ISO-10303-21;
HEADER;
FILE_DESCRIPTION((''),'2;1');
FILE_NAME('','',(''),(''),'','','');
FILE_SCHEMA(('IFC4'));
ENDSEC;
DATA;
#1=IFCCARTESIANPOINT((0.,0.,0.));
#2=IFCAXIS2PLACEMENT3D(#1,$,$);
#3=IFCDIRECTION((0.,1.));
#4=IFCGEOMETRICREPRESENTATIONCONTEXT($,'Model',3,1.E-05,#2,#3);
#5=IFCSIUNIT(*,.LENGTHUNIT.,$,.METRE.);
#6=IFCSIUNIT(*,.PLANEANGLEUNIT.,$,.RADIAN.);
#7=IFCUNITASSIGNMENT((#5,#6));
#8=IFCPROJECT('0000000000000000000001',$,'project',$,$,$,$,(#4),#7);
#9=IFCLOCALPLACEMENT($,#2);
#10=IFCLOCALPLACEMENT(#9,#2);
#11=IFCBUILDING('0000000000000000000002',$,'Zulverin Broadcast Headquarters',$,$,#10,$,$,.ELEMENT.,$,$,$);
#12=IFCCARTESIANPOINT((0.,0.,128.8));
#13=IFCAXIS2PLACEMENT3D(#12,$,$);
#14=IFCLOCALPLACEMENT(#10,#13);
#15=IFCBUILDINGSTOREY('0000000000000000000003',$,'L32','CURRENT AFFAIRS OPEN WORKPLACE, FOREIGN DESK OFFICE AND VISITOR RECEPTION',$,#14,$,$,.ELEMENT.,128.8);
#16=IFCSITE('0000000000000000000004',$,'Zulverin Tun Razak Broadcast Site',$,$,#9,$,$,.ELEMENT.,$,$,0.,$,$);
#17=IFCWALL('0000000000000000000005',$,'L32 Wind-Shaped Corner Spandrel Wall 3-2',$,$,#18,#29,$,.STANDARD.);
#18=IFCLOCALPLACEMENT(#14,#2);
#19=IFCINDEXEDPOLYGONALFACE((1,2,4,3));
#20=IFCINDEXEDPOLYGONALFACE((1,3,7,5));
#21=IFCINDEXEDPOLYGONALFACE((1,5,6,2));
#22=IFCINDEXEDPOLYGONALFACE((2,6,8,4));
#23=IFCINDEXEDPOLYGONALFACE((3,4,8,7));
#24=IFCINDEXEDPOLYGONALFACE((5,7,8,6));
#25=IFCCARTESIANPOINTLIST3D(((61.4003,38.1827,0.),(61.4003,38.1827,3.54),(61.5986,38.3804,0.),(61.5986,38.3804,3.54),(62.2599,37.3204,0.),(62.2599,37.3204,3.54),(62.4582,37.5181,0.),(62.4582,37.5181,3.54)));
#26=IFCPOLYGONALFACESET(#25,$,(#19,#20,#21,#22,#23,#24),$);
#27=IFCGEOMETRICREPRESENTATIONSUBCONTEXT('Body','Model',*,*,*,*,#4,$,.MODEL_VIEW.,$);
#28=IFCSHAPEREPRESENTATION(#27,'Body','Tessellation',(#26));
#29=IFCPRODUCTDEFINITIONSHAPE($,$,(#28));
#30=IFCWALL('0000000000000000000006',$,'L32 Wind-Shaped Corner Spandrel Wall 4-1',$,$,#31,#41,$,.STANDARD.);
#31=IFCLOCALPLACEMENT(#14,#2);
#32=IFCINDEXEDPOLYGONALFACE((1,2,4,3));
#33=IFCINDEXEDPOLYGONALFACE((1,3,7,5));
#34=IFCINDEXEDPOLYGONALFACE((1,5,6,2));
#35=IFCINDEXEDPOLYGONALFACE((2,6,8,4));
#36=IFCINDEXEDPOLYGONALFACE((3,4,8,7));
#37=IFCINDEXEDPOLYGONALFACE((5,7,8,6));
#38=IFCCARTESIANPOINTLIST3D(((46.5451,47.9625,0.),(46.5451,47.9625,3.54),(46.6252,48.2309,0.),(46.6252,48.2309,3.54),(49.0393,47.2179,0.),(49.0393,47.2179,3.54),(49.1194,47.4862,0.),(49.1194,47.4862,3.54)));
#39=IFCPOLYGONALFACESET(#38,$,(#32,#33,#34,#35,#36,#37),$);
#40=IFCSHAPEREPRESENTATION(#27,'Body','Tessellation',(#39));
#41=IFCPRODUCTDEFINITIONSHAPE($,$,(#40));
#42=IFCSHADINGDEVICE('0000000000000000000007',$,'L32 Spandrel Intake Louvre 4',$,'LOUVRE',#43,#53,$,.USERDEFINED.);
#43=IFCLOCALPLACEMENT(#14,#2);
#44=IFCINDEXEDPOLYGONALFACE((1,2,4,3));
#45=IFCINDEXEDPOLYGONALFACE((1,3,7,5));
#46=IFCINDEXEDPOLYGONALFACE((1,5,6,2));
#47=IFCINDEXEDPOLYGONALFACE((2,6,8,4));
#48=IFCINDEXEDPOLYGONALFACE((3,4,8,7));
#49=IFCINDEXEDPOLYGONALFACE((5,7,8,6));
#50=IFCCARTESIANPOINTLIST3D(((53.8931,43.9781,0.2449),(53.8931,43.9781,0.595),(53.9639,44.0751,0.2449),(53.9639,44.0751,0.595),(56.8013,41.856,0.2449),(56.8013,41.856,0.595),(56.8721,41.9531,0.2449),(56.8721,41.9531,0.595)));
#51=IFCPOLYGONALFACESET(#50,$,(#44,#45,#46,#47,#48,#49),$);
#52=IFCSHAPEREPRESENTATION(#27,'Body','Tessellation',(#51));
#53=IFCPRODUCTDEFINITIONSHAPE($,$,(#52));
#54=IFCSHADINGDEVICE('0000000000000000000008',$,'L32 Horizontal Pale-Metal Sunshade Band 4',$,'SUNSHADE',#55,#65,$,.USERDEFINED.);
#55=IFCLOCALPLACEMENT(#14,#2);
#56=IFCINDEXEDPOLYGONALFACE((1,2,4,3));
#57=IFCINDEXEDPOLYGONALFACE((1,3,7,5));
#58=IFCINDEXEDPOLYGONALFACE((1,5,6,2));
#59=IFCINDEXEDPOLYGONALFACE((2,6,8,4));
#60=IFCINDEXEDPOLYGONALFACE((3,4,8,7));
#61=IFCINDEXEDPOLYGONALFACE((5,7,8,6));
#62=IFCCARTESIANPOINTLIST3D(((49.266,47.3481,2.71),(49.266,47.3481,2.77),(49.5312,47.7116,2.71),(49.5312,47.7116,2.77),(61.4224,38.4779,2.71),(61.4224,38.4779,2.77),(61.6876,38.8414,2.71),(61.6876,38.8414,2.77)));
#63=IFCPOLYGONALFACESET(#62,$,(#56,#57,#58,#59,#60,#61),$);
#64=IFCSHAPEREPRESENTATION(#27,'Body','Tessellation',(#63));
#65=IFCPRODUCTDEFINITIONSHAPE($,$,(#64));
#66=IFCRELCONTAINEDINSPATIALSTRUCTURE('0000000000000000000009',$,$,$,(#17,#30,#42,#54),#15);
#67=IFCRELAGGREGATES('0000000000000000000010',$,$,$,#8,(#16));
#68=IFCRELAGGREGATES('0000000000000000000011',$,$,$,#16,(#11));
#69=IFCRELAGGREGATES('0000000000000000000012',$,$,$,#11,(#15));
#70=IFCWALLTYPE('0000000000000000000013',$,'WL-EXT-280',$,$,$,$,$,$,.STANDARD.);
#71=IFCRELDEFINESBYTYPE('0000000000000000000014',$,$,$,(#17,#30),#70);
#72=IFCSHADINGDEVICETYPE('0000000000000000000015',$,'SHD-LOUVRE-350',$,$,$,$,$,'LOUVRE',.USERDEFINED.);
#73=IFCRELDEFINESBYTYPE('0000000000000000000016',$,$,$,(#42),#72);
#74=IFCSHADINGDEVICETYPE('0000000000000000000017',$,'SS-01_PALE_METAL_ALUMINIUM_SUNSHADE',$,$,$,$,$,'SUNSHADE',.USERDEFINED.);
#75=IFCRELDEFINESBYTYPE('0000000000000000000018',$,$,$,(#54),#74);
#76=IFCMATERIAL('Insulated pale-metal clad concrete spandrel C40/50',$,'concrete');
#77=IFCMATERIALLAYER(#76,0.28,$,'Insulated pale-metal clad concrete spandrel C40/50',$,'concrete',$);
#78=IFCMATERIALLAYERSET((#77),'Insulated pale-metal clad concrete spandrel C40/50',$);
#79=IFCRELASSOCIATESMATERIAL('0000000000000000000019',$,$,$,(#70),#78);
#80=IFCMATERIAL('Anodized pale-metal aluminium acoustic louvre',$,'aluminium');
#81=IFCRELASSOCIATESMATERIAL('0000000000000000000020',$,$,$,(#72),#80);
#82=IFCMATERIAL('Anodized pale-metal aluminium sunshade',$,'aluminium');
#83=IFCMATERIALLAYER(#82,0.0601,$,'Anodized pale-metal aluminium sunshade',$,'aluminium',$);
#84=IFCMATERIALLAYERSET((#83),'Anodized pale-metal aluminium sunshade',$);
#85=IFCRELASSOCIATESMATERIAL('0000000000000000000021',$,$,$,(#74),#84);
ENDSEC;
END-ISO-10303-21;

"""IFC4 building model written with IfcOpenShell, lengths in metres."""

from ifc_helpers import new_model, si_unit, direction, frame, frame_2d, origin, origin_2d, place, context, subcontext, project, spatial, rectangle, extrude, material, layer, layer_set, type_object, element, save


model = new_model("IFC4")

# Units and contexts
model_context = context("Model", 3, precision=1e-05, world=origin(), true_north=direction((0.0, 1.0)))
body_context = subcontext(model_context, "Body", "Model", "MODEL_VIEW")
ifc_project = project(units=[si_unit("LENGTHUNIT", "METRE"), si_unit("PLANEANGLEUNIT", "RADIAN")], contexts=[model_context])

# Site, building, storey
site_placement = place(None, origin())
site = spatial("IfcSite", under=ifc_project, at=site_placement, Name="Zulverin Tun Razak Broadcast Site", CompositionType="ELEMENT", RefElevation=0.0)
building_placement = place(site_placement, origin())
building = spatial("IfcBuilding", under=site, at=building_placement, Name="Zulverin Broadcast Headquarters", CompositionType="ELEMENT")
storey_placement = place(building_placement, frame((0.0, 0.0, 128.8)))
storey = spatial("IfcBuildingStorey", under=building, at=storey_placement, Name="L32", Description="CURRENT AFFAIRS OPEN WORKPLACE, FOREIGN DESK OFFICE AND VISITOR RECEPTION", CompositionType="ELEMENT", Elevation=128.8)

# Shared definitions
ifc_material_1 = material(Name="Insulated pale-metal clad concrete spandrel C40/50", Category="concrete")
ifc_layer_1 = layer(ifc_material_1, 0.28, Name="Insulated pale-metal clad concrete spandrel C40/50", Category="concrete")
ifc_layer_set_1 = layer_set([ifc_layer_1], Name="Insulated pale-metal clad concrete spandrel C40/50")
wall_type = type_object("IfcWallType", Name="WL-EXT-280", PredefinedType="STANDARD", material=ifc_layer_set_1)

# Walls
wall_1_placement = place(storey_placement, frame((62.3591, 37.4192, 0.0), z_axis=(0.0, 0.0, 1.0), x_axis=(-0.706003, 0.708209, 0.0)))
element("IfcWall", 1, at=wall_1_placement, inside=storey, type_object=wall_type, Name="L32 Wind-Shaped Corner Spandrel Wall 3-2", PredefinedType="STANDARD", context=body_context, shape_type="SweptSolid", body=[
    extrude(rectangle(XDim=1.2175, YDim=0.28, at=frame_2d((0.6089, 0.0))), origin(), (0.0, 0.0, 1.0), 3.54),
])
wall_2_placement = place(storey_placement, frame((49.0793, 47.3521, 0.0), z_axis=(0.0, 0.0, 1.0), x_axis=(-0.958208, 0.286074, 0.0)))
element("IfcWall", 2, at=wall_2_placement, inside=storey, type_object=wall_type, Name="L32 Wind-Shaped Corner Spandrel Wall 4-1", PredefinedType="STANDARD", context=body_context, shape_type="SweptSolid", body=[
    extrude(rectangle(XDim=2.603, YDim=0.28, at=frame_2d((1.3015, 0.0))), origin(), (0.0, 0.0, 1.0), 3.54),
])

# Shading devices
ifc_material_2 = material(Name="Anodized pale-metal aluminium acoustic louvre", Category="aluminium")
shading_device_type_1 = type_object("IfcShadingDeviceType", Name="SHD-LOUVRE-350", ElementType="LOUVRE", PredefinedType="USERDEFINED", material=ifc_material_2)
shading_device_1_placement = place(storey_placement, frame((55.3826, 42.9656, 0.2449), z_axis=(0.0, 0.0, 1.0), x_axis=(-0.807814, 0.589437, 0.0)))
element("IfcShadingDevice", 3, at=shading_device_1_placement, inside=storey, type_object=shading_device_type_1, Name="L32 Spandrel Intake Louvre 4", ObjectType="LOUVRE", PredefinedType="USERDEFINED", context=body_context, shape_type="SweptSolid", body=[
    extrude(rectangle(XDim=3.6001, YDim=0.1201, at=origin_2d()), origin(), (0.0, 0.0, 1.0), 0.3501),
])
ifc_material_3 = material(Name="Anodized pale-metal aluminium sunshade", Category="aluminium")
ifc_layer_2 = layer(ifc_material_3, 0.0601, Name="Anodized pale-metal aluminium sunshade", Category="aluminium")
ifc_layer_set_2 = layer_set([ifc_layer_2], Name="Anodized pale-metal aluminium sunshade")
shading_device_type_2 = type_object("IfcShadingDeviceType", Name="SS-01_PALE_METAL_ALUMINIUM_SUNSHADE", ElementType="SUNSHADE", PredefinedType="USERDEFINED", material=ifc_layer_set_2)
shading_device_2_placement = place(storey_placement, frame((55.4768, 43.0947, 2.71), z_axis=(0.0, 0.0, 1.0), x_axis=(-0.807814, 0.589437, 0.0)))
element("IfcShadingDevice", 4, at=shading_device_2_placement, inside=storey, type_object=shading_device_type_2, Name="L32 Horizontal Pale-Metal Sunshade Band 4", ObjectType="SUNSHADE", PredefinedType="USERDEFINED", context=body_context, shape_type="SweptSolid", body=[
    extrude(rectangle(XDim=15.0486, YDim=0.45, at=origin_2d()), origin(), (0.0, 0.0, 1.0), 0.0601),
])

save(model, "model.ifc")
